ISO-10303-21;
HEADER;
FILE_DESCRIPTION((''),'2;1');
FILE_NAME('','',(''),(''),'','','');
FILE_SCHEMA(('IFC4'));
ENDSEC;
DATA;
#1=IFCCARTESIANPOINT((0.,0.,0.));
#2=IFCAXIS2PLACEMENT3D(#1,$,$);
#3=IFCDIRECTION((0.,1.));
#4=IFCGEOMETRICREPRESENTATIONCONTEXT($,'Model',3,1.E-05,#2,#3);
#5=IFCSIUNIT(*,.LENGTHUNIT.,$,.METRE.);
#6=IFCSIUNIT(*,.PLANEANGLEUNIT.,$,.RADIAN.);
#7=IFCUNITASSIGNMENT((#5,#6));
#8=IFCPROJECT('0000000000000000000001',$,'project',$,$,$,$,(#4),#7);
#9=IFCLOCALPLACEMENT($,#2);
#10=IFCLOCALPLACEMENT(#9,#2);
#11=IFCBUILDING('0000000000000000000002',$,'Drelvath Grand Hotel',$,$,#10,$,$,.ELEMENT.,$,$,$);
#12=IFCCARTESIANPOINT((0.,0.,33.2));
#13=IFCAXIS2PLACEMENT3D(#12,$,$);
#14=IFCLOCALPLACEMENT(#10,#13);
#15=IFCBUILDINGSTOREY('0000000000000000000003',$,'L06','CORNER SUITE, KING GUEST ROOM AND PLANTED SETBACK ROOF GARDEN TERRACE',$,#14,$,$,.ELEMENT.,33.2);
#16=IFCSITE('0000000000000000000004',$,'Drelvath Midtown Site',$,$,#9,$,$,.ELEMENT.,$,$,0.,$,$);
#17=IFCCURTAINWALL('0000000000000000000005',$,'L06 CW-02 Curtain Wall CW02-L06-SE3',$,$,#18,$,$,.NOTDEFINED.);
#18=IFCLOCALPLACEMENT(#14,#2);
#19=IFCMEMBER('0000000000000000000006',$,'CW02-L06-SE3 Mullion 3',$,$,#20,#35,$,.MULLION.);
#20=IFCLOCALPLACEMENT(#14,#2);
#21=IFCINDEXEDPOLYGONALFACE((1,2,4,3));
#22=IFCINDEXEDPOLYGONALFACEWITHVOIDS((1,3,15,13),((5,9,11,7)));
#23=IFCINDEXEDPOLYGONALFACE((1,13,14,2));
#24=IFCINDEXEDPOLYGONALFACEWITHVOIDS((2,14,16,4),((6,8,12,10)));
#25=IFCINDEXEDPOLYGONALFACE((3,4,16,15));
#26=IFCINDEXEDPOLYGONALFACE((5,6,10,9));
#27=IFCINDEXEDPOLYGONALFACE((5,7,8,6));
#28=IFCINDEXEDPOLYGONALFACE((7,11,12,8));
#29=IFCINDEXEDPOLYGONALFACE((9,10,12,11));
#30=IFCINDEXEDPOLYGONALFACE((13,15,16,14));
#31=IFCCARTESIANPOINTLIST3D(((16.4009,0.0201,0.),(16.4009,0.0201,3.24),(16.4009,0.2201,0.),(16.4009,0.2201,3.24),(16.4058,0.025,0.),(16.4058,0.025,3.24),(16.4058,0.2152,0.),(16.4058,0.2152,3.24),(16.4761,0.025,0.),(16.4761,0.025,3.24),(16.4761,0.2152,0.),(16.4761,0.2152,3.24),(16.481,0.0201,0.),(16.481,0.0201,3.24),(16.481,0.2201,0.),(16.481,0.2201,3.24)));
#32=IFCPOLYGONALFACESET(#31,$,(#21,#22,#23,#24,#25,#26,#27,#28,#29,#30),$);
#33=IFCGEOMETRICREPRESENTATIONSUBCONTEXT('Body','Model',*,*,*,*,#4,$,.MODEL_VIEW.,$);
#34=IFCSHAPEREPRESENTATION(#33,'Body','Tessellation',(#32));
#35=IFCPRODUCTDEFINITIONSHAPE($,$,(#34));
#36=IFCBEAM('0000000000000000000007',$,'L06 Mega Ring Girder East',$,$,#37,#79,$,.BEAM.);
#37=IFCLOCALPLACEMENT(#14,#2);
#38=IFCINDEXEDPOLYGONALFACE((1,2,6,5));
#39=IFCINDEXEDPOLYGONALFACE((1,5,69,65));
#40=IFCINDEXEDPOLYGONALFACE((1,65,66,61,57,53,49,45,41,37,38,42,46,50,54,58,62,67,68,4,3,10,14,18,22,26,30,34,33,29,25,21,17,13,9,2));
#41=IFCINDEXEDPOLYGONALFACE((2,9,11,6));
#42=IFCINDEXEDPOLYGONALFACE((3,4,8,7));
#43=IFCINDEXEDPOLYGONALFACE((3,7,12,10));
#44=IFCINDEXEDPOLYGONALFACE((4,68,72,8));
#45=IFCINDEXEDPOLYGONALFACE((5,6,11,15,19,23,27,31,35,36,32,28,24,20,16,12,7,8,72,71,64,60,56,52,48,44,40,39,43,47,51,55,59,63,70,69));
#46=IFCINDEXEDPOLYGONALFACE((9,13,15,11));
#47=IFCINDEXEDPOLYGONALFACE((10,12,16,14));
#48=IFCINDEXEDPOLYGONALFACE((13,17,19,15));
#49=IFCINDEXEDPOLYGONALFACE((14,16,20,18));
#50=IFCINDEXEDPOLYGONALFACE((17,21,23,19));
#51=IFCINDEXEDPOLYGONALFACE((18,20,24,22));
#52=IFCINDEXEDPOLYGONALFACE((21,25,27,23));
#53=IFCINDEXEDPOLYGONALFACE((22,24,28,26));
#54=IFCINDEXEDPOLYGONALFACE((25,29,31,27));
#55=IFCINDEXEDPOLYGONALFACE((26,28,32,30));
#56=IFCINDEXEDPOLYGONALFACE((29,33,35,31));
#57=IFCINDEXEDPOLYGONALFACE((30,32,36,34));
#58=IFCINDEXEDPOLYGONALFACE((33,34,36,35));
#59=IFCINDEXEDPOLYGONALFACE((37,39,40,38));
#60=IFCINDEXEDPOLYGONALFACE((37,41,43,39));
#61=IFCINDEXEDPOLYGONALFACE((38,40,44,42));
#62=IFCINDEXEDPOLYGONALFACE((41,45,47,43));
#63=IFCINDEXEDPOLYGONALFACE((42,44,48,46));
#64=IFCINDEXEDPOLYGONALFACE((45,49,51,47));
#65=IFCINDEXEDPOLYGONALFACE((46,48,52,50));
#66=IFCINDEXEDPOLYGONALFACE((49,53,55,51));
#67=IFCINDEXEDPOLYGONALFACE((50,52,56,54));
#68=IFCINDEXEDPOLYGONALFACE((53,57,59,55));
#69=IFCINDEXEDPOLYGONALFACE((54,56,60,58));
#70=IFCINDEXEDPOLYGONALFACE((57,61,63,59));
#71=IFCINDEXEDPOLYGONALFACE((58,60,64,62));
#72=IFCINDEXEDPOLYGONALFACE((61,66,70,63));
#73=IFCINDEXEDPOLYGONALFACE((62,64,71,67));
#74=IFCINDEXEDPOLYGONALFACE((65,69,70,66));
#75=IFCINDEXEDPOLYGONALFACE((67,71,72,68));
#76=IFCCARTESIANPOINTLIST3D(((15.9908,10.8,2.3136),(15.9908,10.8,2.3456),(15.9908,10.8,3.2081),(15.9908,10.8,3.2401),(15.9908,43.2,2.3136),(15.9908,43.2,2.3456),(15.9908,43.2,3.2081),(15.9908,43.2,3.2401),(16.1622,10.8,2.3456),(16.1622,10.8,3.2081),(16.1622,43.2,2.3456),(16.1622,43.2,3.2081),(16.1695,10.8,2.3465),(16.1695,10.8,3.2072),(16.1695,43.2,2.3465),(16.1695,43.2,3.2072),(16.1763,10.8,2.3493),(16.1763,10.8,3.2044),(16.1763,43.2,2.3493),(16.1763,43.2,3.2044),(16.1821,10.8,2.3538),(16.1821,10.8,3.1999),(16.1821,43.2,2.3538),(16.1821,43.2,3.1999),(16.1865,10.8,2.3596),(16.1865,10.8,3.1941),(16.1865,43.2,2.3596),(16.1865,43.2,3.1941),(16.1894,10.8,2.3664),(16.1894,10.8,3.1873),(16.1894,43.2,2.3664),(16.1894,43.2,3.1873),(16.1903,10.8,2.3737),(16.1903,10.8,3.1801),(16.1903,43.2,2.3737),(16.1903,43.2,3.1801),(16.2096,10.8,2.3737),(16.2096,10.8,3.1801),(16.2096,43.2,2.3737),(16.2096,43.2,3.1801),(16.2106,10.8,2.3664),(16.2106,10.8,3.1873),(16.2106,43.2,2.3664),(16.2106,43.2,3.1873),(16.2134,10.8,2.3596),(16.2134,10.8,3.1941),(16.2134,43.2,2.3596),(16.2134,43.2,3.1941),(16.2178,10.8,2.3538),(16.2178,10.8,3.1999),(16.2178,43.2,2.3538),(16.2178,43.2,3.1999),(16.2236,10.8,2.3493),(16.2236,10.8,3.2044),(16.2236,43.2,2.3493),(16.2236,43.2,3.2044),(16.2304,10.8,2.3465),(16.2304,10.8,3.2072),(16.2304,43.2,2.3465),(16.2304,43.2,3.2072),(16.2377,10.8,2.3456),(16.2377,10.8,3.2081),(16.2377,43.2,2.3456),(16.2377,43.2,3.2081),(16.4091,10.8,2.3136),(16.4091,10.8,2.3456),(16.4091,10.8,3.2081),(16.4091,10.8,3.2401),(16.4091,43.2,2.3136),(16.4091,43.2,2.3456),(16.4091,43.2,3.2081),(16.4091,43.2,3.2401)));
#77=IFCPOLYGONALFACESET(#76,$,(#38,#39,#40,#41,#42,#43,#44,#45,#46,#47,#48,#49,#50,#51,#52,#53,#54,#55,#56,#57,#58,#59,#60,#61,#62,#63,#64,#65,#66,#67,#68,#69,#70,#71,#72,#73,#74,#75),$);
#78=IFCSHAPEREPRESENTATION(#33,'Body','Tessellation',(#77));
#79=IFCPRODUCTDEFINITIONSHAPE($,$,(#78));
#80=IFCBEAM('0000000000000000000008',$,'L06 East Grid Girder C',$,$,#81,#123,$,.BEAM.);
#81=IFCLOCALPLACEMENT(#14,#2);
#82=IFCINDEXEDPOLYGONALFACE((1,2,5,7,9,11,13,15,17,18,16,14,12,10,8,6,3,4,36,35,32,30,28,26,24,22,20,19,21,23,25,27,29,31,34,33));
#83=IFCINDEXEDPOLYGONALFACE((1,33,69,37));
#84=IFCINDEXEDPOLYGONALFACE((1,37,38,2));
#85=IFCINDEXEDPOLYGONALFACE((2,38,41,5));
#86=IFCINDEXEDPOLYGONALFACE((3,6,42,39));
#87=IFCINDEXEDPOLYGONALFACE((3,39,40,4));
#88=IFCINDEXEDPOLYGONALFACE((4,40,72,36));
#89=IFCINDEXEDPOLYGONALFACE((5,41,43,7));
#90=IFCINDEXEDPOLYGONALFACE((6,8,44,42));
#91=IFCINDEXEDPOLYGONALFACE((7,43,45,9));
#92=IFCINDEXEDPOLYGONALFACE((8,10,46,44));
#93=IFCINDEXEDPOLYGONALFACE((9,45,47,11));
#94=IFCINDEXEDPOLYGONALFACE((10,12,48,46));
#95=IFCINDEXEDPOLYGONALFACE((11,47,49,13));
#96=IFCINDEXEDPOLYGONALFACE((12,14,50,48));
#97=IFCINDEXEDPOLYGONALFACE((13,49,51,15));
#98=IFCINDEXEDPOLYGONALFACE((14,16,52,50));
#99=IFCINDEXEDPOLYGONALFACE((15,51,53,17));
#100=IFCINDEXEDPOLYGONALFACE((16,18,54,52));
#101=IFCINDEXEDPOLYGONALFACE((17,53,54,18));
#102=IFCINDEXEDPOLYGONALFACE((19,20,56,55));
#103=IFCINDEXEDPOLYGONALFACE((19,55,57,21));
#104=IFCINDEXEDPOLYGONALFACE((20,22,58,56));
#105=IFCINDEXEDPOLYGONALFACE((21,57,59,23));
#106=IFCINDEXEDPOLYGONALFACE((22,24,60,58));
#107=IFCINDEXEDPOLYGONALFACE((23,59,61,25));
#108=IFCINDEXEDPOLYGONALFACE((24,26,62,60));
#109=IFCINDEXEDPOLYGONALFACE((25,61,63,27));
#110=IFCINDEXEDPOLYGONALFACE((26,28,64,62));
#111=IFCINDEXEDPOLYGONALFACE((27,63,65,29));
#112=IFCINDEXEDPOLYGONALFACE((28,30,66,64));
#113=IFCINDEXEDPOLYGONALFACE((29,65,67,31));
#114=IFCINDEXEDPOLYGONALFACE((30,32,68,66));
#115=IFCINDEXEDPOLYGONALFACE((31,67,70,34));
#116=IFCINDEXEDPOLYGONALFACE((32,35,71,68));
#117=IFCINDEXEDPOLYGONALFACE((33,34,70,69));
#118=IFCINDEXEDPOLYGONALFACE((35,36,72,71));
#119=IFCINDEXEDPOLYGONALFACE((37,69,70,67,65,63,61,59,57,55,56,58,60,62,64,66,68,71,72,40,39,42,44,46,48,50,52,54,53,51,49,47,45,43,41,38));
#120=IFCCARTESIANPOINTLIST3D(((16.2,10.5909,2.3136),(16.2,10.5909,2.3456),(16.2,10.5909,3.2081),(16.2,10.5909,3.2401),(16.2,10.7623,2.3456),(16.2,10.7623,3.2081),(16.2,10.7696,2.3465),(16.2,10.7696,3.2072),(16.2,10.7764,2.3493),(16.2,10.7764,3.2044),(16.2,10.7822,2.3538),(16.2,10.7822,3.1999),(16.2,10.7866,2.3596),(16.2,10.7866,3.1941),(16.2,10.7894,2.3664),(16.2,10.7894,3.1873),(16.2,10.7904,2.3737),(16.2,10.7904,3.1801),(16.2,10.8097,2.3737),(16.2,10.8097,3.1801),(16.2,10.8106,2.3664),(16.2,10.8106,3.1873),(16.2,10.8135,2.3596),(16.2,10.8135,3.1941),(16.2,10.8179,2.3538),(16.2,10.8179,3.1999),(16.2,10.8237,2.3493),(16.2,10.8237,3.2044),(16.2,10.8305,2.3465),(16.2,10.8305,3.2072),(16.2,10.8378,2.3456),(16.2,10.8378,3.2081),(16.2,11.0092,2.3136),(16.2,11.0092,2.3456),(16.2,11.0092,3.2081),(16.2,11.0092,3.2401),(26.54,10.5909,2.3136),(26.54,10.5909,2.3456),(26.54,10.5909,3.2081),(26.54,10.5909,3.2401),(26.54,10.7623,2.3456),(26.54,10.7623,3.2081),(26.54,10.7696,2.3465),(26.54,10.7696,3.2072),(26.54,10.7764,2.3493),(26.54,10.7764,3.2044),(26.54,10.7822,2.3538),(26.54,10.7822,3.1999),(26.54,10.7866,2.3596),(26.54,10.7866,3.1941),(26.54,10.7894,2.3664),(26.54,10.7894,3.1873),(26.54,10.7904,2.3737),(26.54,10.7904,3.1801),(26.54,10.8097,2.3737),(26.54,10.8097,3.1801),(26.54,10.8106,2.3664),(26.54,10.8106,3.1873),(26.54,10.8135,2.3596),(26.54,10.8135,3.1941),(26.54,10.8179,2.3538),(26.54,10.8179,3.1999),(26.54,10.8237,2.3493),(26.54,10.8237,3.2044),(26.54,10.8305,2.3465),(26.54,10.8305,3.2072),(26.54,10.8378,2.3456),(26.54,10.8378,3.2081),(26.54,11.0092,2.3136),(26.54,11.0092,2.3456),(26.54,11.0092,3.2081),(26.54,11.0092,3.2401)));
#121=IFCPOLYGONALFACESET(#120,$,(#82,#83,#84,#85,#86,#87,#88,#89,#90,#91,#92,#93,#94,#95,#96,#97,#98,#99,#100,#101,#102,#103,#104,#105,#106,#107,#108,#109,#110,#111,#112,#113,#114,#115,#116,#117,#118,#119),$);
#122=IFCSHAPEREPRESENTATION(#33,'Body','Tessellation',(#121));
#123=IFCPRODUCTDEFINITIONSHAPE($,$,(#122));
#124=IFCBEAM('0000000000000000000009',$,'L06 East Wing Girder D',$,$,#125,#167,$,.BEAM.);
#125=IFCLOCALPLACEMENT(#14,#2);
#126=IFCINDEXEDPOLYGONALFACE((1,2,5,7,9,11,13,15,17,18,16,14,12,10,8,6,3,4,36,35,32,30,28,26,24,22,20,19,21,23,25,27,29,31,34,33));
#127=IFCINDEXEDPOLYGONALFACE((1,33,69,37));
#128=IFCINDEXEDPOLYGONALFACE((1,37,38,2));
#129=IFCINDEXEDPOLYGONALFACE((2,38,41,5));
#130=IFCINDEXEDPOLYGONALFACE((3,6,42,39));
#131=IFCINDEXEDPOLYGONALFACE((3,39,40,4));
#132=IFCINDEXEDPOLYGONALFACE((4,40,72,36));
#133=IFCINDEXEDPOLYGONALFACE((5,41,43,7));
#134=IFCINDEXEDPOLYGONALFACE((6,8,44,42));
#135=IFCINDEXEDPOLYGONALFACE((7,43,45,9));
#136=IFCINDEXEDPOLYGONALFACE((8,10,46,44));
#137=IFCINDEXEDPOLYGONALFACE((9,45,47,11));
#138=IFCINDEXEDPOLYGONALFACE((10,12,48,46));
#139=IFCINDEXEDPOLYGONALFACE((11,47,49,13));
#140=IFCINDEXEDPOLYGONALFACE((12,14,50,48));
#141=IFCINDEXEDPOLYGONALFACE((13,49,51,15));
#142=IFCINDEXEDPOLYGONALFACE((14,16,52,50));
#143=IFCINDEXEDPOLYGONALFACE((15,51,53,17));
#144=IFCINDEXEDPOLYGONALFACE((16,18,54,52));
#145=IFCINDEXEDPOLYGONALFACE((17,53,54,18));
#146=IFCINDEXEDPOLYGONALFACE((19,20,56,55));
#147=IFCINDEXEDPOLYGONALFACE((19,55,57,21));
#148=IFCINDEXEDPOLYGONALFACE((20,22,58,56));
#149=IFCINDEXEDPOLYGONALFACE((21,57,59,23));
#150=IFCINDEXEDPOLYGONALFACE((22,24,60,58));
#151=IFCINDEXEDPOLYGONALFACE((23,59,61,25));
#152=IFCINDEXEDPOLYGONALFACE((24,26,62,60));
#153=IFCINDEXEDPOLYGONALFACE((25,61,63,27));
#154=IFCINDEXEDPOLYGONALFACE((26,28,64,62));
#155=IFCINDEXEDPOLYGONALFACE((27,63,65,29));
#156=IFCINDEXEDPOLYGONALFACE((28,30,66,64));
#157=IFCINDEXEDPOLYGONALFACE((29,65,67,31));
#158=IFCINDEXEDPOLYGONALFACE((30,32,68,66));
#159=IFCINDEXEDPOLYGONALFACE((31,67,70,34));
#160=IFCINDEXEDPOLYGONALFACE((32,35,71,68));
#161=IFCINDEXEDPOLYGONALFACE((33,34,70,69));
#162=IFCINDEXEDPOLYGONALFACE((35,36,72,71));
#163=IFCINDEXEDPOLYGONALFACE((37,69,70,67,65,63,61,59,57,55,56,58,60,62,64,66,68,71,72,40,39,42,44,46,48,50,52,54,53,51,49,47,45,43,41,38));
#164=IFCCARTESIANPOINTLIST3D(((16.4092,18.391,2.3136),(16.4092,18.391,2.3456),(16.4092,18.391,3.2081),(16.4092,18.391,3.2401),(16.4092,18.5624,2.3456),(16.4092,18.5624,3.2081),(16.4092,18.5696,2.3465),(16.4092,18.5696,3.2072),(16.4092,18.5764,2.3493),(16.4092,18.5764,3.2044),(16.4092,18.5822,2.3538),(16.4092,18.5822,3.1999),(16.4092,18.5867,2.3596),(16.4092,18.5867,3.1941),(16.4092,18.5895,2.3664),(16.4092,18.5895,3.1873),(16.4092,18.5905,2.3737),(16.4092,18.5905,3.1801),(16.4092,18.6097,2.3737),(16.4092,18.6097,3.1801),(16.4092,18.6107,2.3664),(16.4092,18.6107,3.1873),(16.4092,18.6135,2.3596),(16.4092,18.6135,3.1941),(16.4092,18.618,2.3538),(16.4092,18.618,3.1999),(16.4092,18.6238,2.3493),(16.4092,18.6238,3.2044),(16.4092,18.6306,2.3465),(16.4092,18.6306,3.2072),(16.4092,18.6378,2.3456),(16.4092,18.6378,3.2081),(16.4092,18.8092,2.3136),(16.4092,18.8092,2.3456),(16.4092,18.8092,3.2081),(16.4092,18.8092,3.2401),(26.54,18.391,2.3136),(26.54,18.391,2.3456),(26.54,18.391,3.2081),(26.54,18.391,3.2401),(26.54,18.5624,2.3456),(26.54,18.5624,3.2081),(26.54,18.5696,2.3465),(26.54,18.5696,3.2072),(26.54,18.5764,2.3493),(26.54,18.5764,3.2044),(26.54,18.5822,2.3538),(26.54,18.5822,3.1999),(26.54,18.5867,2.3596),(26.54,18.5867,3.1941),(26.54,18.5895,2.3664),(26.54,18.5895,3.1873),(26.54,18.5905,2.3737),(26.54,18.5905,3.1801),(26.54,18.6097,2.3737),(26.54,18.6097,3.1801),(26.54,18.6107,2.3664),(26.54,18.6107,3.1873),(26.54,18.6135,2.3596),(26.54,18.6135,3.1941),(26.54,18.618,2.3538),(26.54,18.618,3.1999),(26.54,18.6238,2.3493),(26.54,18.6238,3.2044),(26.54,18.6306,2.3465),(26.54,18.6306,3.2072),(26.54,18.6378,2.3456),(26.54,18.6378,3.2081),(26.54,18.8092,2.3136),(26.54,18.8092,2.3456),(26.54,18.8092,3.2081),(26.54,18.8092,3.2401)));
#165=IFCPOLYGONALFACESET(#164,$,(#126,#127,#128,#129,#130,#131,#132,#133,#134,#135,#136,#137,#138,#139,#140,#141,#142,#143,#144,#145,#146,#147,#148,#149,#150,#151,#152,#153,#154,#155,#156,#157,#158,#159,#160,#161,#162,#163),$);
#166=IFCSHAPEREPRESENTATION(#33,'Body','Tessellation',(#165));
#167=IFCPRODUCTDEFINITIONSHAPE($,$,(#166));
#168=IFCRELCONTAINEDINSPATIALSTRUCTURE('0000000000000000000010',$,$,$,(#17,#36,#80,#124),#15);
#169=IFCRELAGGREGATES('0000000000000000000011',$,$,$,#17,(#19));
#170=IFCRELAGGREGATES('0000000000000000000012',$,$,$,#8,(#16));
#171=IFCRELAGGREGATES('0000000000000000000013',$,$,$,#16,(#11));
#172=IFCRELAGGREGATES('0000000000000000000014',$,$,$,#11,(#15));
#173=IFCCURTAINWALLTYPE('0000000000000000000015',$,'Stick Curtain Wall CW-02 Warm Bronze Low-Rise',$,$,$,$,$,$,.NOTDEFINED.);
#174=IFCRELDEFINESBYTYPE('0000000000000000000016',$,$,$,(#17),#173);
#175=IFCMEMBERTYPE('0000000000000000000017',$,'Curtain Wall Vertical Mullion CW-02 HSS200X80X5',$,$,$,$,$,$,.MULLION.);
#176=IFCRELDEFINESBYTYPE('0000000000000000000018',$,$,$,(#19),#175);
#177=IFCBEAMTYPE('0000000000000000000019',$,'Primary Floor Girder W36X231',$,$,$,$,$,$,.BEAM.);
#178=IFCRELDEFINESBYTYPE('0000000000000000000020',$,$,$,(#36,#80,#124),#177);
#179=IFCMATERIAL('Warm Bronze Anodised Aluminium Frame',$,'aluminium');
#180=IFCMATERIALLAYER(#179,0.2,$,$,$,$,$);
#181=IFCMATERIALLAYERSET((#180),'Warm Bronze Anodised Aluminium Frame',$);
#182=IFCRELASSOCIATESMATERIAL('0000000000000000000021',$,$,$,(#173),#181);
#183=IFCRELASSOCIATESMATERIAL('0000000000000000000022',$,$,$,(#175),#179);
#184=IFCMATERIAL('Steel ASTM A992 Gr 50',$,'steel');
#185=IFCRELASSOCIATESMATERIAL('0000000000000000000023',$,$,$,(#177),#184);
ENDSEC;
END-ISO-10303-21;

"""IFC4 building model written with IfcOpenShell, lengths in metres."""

from ifc_helpers import new_model, si_unit, direction, frame, origin, origin_2d, place, context, subcontext, project, spatial, hollow_rectangle, i_section, extrude, material, layer, layer_set, material_profile, profile_set, type_object, element, aggregate, save


model = new_model("IFC4")

# Units and contexts
model_context = context("Model", 3, precision=1e-05, world=origin(), true_north=direction((0.0, 1.0)))
body_context = subcontext(model_context, "Body", "Model", "MODEL_VIEW")
ifc_project = project(units=[si_unit("LENGTHUNIT", "METRE"), si_unit("PLANEANGLEUNIT", "RADIAN")], contexts=[model_context])

# Site, building, storey
site_placement = place(None, origin())
site = spatial("IfcSite", under=ifc_project, at=site_placement, Name="Drelvath Midtown Site", CompositionType="ELEMENT", RefElevation=0.0)
building_placement = place(site_placement, origin())
building = spatial("IfcBuilding", under=site, at=building_placement, Name="Drelvath Grand Hotel", CompositionType="ELEMENT")
storey_placement = place(building_placement, frame((0.0, 0.0, 33.2)))
storey = spatial("IfcBuildingStorey", under=building, at=storey_placement, Name="L06", Description="CORNER SUITE, KING GUEST ROOM AND PLANTED SETBACK ROOF GARDEN TERRACE", CompositionType="ELEMENT", Elevation=33.2)

# Shared definitions
ifc_material_1 = material(Name="Steel ASTM A992 Gr 50", Category="steel")

# Curtain wall, member
ifc_material_2 = material(Name="Warm Bronze Anodised Aluminium Frame", Category="aluminium")
ifc_layer_1 = layer(ifc_material_2, 0.2)
ifc_layer_set_1 = layer_set([ifc_layer_1], Name="Warm Bronze Anodised Aluminium Frame")
curtain_wall_type = type_object("IfcCurtainWallType", Name="Stick Curtain Wall CW-02 Warm Bronze Low-Rise", PredefinedType="NOTDEFINED", material=ifc_layer_set_1)
ifc_material_profile_1 = material_profile(ifc_material_2, hollow_rectangle(XDim=0.0801, YDim=0.2, WallThickness=0.0049, at=origin_2d()), Name="HSS200X80X5")
ifc_profile_set_1 = profile_set([ifc_material_profile_1], Name="Warm Bronze Anodised Aluminium Frame")
member_type_1 = type_object("IfcMemberType", Name="Curtain Wall Vertical Mullion CW-02 HSS200X80X5", PredefinedType="MULLION", material=ifc_profile_set_1)
curtain_wall_1_placement = place(storey_placement, origin())
curtain_wall_1 = element("IfcCurtainWall", 1, at=curtain_wall_1_placement, inside=storey, type_object=curtain_wall_type, Name="L06 CW-02 Curtain Wall CW02-L06-SE3", PredefinedType="NOTDEFINED")
member_1_placement = place(storey_placement, frame((16.4409, 0.1201, 0.0), z_axis=(0.0, 0.0, 1.0), x_axis=(1.0, 0.0, 0.0)))
member_1 = element("IfcMember", 2, at=member_1_placement, type_object=member_type_1, Name="CW02-L06-SE3 Mullion 3", PredefinedType="MULLION", context=body_context, shape_type="SweptSolid", body=[
    extrude(hollow_rectangle(XDim=0.0801, YDim=0.2, WallThickness=0.0049, at=origin_2d()), origin(), (0.0, 0.0, 1.0), 3.24),
])

# Beams
ifc_material_profile_2 = material_profile(ifc_material_1, i_section(OverallWidth=0.4182, OverallDepth=0.9265, WebThickness=0.0193, FlangeThickness=0.032, FilletRadius=0.0281, at=origin_2d()), Name="W36X231")
ifc_profile_set_2 = profile_set([ifc_material_profile_2], Name="Steel ASTM A992 Gr 50")
beam_type_1 = type_object("IfcBeamType", Name="Primary Floor Girder W36X231", PredefinedType="BEAM", material=ifc_profile_set_2)
beam_1_placement = place(storey_placement, frame((16.2, 10.8, 2.7769), z_axis=(0.0, 1.0, 0.0), x_axis=(-1.0, 0.0, 0.0)))
element("IfcBeam", 3, at=beam_1_placement, inside=storey, type_object=beam_type_1, Name="L06 Mega Ring Girder East", PredefinedType="BEAM", context=body_context, shape_type="SweptSolid", body=[
    extrude(i_section(OverallWidth=0.4182, OverallDepth=0.9265, WebThickness=0.0193, FlangeThickness=0.032, FilletRadius=0.0281, at=origin_2d()), origin(), (0.0, 0.0, 1.0), 32.3999),
])
beam_2_placement = place(storey_placement, frame((16.2, 10.8, 2.7769), z_axis=(1.0, 0.0, 0.0), x_axis=(0.0, 1.0, 0.0)))
element("IfcBeam", 4, at=beam_2_placement, inside=storey, type_object=beam_type_1, Name="L06 East Grid Girder C", PredefinedType="BEAM", context=body_context, shape_type="SweptSolid", body=[
    extrude(i_section(OverallWidth=0.4182, OverallDepth=0.9265, WebThickness=0.0193, FlangeThickness=0.032, FilletRadius=0.0281, at=origin_2d()), origin(), (0.0, 0.0, 1.0), 10.3401),
])
beam_3_placement = place(storey_placement, frame((16.4092, 18.6001, 2.7769), z_axis=(1.0, 0.0, 0.0), x_axis=(0.0, 1.0, 0.0)))
element("IfcBeam", 5, at=beam_3_placement, inside=storey, type_object=beam_type_1, Name="L06 East Wing Girder D", PredefinedType="BEAM", context=body_context, shape_type="SweptSolid", body=[
    extrude(i_section(OverallWidth=0.4182, OverallDepth=0.9265, WebThickness=0.0193, FlangeThickness=0.032, FilletRadius=0.0281, at=origin_2d()), origin(), (0.0, 0.0, 1.0), 10.1309),
])

aggregate(curtain_wall_1, [member_1])

save(model, "model.ifc")
